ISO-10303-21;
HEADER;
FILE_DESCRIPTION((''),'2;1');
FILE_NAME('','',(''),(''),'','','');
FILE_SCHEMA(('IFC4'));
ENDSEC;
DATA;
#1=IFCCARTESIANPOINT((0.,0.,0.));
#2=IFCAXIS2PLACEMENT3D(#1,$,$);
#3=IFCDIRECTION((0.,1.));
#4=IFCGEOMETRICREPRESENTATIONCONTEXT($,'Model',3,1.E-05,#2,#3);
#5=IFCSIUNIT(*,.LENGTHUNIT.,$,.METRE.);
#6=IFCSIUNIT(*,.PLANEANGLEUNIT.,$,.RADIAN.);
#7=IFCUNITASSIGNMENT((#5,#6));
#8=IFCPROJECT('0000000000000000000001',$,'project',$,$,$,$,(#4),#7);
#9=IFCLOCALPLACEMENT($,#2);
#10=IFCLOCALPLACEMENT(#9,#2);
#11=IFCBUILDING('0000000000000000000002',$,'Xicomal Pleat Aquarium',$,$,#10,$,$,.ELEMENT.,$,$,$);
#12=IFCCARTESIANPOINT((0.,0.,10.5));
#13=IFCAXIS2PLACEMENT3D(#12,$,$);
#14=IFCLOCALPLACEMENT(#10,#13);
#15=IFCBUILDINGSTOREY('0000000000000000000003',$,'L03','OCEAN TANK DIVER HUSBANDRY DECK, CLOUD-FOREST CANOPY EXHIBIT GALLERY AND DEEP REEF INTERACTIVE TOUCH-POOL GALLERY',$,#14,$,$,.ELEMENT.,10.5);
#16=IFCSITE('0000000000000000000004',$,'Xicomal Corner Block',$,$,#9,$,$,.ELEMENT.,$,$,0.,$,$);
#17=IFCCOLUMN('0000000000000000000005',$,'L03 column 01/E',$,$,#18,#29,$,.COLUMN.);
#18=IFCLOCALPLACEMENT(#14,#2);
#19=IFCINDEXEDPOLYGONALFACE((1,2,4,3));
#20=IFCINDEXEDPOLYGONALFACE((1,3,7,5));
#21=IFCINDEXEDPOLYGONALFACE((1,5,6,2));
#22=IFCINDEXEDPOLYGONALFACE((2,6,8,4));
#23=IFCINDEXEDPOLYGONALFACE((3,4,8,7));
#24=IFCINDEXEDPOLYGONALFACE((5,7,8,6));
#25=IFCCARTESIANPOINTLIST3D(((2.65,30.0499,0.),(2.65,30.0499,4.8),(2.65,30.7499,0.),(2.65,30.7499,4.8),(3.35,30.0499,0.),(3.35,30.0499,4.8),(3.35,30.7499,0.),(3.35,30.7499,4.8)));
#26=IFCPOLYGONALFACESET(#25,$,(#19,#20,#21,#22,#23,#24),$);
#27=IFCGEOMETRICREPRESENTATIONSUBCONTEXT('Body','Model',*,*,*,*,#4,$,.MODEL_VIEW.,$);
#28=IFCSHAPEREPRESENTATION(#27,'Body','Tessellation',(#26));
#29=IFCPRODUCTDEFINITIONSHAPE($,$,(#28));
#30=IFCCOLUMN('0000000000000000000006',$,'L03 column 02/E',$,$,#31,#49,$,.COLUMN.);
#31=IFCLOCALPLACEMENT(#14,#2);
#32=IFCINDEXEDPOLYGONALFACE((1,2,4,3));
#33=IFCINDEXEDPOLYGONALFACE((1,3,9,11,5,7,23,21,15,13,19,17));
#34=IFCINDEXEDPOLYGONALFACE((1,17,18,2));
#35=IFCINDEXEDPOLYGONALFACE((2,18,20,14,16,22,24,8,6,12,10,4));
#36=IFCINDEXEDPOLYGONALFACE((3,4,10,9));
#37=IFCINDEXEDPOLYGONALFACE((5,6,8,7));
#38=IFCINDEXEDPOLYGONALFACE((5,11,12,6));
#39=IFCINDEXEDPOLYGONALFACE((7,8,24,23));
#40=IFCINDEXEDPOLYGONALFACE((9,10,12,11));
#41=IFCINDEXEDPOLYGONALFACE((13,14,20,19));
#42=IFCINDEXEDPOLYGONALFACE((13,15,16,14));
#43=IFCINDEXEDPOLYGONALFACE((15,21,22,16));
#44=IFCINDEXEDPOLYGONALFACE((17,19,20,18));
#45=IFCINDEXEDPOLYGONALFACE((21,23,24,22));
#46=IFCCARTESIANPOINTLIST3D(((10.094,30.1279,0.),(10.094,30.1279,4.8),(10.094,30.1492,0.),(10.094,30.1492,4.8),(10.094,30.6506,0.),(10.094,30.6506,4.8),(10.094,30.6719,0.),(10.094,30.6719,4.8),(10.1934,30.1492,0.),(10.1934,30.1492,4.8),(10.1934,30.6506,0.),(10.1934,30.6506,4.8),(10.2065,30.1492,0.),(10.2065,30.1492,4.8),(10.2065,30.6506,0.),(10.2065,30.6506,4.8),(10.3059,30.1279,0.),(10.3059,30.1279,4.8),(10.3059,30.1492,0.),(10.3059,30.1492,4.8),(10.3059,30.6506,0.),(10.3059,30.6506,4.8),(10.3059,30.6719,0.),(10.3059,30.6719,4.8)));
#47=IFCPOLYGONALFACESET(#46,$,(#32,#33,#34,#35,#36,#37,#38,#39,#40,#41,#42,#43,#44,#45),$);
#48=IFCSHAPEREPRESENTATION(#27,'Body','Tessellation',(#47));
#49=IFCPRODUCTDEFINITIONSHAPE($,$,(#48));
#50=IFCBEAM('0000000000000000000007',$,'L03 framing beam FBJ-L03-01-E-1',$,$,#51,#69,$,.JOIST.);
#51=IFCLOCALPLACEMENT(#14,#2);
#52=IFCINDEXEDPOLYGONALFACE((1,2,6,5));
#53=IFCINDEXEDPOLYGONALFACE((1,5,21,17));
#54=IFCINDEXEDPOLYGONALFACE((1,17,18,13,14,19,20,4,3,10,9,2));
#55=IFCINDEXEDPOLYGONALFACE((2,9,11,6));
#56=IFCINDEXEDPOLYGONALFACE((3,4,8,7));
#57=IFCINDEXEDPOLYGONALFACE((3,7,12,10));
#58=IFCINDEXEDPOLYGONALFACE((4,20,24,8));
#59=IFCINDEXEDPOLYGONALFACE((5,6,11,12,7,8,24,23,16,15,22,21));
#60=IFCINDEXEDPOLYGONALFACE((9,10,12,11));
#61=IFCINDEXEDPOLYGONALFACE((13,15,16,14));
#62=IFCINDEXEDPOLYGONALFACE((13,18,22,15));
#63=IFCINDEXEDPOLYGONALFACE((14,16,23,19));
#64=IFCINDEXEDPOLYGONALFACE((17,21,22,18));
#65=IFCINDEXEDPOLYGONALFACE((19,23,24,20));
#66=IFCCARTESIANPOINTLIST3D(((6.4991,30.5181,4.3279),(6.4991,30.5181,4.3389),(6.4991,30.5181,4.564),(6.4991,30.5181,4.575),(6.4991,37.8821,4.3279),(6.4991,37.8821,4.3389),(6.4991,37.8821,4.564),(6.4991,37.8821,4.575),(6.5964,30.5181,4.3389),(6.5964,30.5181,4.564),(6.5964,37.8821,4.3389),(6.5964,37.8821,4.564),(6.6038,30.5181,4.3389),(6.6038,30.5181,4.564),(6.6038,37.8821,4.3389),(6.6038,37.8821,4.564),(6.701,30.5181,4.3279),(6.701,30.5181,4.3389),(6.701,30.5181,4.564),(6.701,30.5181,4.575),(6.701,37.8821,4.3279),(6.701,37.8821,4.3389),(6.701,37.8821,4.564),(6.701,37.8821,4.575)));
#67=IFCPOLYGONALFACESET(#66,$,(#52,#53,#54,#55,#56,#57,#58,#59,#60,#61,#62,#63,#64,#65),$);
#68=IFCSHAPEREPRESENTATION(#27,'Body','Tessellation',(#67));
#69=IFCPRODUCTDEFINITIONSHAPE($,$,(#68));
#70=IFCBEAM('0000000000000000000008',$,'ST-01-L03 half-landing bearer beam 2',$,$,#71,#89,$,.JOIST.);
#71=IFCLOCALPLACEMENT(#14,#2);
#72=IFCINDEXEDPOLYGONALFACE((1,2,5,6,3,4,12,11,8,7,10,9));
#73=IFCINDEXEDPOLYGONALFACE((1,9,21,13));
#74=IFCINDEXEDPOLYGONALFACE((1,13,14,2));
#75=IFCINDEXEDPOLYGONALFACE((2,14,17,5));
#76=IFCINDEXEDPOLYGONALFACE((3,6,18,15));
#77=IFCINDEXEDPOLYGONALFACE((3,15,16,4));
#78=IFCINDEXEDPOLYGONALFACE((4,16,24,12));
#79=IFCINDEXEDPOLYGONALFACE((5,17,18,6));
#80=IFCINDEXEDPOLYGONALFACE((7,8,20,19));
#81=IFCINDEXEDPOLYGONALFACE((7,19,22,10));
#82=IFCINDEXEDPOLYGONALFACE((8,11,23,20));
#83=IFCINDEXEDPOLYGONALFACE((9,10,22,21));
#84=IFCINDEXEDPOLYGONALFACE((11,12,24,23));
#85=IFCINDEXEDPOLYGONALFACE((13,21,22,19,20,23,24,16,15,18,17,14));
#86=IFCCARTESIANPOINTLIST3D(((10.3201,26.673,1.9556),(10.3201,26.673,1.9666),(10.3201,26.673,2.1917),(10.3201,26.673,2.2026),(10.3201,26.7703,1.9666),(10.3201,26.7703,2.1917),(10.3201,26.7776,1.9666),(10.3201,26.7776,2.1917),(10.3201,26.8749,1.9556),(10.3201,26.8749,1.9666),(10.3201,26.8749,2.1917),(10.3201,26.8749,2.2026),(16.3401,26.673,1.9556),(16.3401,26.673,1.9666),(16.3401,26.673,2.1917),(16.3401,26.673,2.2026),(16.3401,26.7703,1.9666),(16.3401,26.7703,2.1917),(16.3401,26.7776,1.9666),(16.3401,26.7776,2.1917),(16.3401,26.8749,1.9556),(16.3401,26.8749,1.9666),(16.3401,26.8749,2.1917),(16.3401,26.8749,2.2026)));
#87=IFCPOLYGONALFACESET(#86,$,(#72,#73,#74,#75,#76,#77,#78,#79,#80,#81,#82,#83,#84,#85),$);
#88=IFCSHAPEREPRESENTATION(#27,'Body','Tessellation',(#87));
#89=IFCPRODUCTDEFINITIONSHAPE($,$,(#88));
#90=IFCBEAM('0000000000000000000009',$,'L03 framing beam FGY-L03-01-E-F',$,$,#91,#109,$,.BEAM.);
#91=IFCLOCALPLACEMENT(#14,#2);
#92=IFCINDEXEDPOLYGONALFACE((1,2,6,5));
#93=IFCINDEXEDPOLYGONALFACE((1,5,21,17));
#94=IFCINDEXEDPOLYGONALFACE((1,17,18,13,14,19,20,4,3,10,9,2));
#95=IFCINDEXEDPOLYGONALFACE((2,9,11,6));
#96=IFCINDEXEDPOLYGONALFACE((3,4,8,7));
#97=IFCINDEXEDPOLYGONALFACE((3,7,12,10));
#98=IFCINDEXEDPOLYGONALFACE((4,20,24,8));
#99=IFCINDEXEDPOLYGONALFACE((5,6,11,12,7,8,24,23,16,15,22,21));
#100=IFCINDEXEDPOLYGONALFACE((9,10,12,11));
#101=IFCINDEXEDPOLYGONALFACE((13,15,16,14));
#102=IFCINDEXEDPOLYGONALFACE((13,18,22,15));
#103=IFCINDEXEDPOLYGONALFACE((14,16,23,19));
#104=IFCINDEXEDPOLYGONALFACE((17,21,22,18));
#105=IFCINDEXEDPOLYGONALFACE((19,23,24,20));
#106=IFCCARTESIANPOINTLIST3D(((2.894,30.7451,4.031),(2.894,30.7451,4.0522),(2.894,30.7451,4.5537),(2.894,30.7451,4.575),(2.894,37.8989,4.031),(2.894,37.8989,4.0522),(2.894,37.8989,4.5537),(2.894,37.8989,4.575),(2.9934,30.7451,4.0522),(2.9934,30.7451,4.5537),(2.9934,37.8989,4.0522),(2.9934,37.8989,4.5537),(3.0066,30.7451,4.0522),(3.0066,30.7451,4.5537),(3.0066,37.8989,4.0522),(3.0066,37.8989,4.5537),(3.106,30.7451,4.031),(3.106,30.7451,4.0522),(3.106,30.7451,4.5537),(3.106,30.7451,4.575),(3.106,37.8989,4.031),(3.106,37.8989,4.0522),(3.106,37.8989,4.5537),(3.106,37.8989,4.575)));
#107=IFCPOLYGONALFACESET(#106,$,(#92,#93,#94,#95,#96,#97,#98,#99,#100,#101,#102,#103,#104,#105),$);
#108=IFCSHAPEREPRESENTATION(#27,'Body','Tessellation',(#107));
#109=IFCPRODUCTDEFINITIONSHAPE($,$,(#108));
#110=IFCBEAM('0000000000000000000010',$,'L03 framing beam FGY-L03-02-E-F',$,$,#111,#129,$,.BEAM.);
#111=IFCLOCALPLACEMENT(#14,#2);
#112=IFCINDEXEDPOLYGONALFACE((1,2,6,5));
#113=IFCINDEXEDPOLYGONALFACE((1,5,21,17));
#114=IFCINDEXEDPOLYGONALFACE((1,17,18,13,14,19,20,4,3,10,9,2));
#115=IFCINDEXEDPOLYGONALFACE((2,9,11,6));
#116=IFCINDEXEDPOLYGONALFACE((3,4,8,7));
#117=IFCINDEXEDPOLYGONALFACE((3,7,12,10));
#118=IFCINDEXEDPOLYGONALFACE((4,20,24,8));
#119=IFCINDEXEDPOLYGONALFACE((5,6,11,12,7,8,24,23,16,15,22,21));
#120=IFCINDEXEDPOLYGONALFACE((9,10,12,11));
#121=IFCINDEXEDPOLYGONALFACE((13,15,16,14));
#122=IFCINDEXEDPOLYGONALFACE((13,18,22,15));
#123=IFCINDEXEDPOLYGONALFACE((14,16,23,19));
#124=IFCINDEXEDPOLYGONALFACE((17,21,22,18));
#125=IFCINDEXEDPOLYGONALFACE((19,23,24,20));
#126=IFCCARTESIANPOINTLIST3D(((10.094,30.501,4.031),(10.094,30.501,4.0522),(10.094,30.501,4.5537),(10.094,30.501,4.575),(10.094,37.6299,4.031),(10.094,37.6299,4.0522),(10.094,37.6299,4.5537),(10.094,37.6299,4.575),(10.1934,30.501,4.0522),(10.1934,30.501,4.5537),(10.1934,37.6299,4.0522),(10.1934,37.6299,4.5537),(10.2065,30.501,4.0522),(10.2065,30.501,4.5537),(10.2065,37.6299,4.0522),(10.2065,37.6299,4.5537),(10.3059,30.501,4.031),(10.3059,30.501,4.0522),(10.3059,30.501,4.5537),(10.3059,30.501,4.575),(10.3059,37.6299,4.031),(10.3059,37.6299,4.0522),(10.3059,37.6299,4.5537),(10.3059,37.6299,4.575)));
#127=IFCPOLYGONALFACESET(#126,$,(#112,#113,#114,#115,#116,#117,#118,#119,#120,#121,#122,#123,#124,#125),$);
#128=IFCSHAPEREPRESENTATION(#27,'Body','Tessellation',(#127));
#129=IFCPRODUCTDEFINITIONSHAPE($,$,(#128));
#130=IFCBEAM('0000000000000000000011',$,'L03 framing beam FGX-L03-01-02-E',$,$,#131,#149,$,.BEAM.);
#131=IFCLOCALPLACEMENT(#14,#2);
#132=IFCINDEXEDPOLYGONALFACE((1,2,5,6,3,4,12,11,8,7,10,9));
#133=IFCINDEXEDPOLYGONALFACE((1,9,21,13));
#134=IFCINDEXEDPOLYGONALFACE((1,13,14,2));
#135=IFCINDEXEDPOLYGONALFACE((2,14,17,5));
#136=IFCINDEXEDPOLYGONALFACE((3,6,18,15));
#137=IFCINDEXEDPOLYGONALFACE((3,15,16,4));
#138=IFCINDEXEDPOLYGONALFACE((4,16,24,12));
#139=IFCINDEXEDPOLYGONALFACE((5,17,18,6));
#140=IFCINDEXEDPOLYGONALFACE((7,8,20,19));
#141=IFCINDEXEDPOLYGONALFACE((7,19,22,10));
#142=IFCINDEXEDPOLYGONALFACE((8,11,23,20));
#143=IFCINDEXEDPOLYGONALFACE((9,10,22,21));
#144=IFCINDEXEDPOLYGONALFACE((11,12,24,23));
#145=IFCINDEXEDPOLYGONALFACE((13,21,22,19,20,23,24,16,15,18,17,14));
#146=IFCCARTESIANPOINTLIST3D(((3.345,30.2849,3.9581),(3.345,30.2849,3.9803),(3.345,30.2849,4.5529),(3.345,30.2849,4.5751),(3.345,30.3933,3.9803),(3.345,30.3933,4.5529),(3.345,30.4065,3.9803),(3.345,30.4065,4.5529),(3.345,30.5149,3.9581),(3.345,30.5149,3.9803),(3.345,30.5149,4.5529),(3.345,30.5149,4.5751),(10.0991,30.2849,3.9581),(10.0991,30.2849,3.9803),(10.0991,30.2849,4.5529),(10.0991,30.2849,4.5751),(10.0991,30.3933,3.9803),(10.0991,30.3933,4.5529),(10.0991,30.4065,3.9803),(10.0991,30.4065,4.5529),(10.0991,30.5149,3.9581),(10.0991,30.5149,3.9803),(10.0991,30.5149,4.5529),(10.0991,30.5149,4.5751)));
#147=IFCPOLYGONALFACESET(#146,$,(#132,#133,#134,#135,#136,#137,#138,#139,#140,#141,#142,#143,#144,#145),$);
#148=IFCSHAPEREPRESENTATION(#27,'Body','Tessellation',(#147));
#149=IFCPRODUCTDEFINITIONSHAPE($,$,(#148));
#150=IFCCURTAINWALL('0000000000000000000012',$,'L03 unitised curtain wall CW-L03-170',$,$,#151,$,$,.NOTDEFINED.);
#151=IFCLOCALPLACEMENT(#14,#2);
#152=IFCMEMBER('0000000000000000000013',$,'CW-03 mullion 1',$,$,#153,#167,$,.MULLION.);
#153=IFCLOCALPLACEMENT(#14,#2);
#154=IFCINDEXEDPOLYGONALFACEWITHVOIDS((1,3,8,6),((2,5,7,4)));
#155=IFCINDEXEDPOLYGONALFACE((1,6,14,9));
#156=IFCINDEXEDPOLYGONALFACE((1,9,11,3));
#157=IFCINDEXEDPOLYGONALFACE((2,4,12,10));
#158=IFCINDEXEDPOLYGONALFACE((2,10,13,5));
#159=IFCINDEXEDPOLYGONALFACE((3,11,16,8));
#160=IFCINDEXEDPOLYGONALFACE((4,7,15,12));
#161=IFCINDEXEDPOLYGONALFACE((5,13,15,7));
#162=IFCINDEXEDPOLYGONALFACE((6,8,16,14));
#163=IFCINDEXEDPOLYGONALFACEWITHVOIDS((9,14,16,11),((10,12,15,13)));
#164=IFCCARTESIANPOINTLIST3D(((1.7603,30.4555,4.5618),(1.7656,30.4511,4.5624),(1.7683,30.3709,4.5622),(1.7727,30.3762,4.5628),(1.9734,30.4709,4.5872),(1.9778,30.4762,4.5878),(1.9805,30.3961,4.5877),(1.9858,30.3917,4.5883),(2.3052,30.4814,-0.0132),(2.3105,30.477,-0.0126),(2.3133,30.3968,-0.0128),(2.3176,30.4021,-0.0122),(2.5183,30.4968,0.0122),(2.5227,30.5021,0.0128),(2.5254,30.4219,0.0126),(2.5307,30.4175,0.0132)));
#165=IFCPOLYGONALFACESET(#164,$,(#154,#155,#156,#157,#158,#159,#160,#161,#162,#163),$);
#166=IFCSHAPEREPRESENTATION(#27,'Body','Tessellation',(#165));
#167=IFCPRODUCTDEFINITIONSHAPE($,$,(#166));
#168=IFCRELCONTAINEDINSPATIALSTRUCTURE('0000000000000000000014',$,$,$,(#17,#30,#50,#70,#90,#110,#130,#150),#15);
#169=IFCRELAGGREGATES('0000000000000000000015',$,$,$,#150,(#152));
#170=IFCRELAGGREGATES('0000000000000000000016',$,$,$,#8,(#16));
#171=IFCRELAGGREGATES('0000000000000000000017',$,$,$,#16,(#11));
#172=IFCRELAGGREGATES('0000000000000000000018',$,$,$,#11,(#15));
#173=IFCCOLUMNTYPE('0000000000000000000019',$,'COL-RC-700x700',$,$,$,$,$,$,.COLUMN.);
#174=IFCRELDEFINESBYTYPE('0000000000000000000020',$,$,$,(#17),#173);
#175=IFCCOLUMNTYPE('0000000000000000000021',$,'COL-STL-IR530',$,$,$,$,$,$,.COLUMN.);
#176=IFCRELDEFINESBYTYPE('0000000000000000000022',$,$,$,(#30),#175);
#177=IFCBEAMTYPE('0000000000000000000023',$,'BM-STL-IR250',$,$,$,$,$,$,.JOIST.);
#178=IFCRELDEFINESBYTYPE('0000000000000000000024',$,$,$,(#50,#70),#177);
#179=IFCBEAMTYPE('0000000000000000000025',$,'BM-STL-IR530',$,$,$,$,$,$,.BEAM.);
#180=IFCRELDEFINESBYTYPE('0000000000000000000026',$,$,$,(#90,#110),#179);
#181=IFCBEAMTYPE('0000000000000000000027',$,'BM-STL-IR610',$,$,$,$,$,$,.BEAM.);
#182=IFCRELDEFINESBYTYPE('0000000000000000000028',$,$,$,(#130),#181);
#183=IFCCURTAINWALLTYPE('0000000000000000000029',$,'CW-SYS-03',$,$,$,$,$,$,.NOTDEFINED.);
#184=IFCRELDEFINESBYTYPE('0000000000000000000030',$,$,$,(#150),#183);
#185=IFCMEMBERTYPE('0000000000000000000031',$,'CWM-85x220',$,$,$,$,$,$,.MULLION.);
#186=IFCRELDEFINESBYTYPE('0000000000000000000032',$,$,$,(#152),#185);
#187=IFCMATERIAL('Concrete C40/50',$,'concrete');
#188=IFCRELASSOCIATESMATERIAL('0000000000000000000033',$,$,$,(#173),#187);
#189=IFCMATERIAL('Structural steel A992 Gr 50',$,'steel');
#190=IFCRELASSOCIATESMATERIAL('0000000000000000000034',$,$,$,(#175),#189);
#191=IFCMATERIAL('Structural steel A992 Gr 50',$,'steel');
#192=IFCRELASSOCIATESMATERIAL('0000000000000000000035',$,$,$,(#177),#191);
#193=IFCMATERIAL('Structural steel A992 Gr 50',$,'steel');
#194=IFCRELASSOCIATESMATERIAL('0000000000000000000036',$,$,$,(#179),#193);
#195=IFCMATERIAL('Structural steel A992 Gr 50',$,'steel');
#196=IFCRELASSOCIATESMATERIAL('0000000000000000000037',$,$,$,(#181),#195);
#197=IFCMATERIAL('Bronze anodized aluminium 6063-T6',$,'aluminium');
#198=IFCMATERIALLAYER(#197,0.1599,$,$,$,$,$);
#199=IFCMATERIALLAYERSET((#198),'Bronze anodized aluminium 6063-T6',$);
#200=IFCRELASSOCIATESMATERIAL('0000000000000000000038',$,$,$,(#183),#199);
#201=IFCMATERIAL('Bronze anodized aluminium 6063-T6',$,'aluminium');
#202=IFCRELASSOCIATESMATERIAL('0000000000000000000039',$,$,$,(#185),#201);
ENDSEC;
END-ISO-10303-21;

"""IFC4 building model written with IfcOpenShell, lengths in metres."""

from ifc_helpers import new_model, si_unit, direction, frame, origin, origin_2d, place, context, subcontext, project, spatial, rectangle, hollow_rectangle, i_section, extrude, material, layer, layer_set, material_profile, profile_set, type_object, element, aggregate, save


model = new_model("IFC4")

# Units and contexts
model_context = context("Model", 3, precision=1e-05, world=origin(), true_north=direction((0.0, 1.0)))
body_context = subcontext(model_context, "Body", "Model", "MODEL_VIEW")
ifc_project = project(units=[si_unit("LENGTHUNIT", "METRE"), si_unit("PLANEANGLEUNIT", "RADIAN")], contexts=[model_context])

# Site, building, storey
site_placement = place(None, origin())
site = spatial("IfcSite", under=ifc_project, at=site_placement, Name="Xicomal Corner Block", CompositionType="ELEMENT", RefElevation=0.0)
building_placement = place(site_placement, origin())
building = spatial("IfcBuilding", under=site, at=building_placement, Name="Xicomal Pleat Aquarium", CompositionType="ELEMENT")
storey_placement = place(building_placement, frame((0.0, 0.0, 10.5)))
storey = spatial("IfcBuildingStorey", under=building, at=storey_placement, Name="L03", Description="OCEAN TANK DIVER HUSBANDRY DECK, CLOUD-FOREST CANOPY EXHIBIT GALLERY AND DEEP REEF INTERACTIVE TOUCH-POOL GALLERY", CompositionType="ELEMENT", Elevation=10.5)

# Columns
ifc_material_1 = material(Name="Concrete C40/50", Category="concrete")
ifc_material_profile_1 = material_profile(ifc_material_1, rectangle(XDim=0.7, YDim=0.7, at=origin_2d()), Name="RC 700x700")
ifc_profile_set_1 = profile_set([ifc_material_profile_1], Name="Concrete C40/50")
column_type_1 = type_object("IfcColumnType", Name="COL-RC-700x700", PredefinedType="COLUMN", material=ifc_profile_set_1)
column_1_placement = place(storey_placement, frame((3.0, 30.3999, 0.0), z_axis=(0.0, 0.0, 1.0), x_axis=(1.0, 0.0, 0.0)))
element("IfcColumn", 1, at=column_1_placement, inside=storey, type_object=column_type_1, Name="L03 column 01/E", PredefinedType="COLUMN", context=body_context, shape_type="SweptSolid", body=[
    extrude(rectangle(XDim=0.7, YDim=0.7, at=origin_2d()), origin(), (0.0, 0.0, 1.0), 4.8),
])
ifc_material_2 = material(Name="Structural steel A992 Gr 50", Category="steel")
ifc_material_profile_2 = material_profile(ifc_material_2, i_section(OverallWidth=0.2119, OverallDepth=0.5439, WebThickness=0.0132, FlangeThickness=0.0212, at=origin_2d()), Name="IR 530x123")
ifc_profile_set_2 = profile_set([ifc_material_profile_2], Name="Structural steel A992 Gr 50")
column_type_2 = type_object("IfcColumnType", Name="COL-STL-IR530", PredefinedType="COLUMN", material=ifc_profile_set_2)
column_2_placement = place(storey_placement, frame((10.2, 30.3999, 0.0), z_axis=(0.0, 0.0, 1.0), x_axis=(1.0, 0.0, 0.0)))
element("IfcColumn", 2, at=column_2_placement, inside=storey, type_object=column_type_2, Name="L03 column 02/E", PredefinedType="COLUMN", context=body_context, shape_type="SweptSolid", body=[
    extrude(i_section(OverallWidth=0.2119, OverallDepth=0.5439, WebThickness=0.0132, FlangeThickness=0.0212, at=origin_2d()), origin(), (0.0, 0.0, 1.0), 4.8),
])

# Beams
ifc_material_3 = material(Name="Structural steel A992 Gr 50", Category="steel")
ifc_material_profile_3 = material_profile(ifc_material_3, i_section(OverallWidth=0.2019, OverallDepth=0.2471, WebThickness=0.0073, FlangeThickness=0.011, at=origin_2d()), Name="IR 250x49")
ifc_profile_set_3 = profile_set([ifc_material_profile_3], Name="Structural steel A992 Gr 50")
beam_type_1 = type_object("IfcBeamType", Name="BM-STL-IR250", PredefinedType="JOIST", material=ifc_profile_set_3)
beam_1_placement = place(storey_placement, frame((6.6001, 30.5181, 4.4514), z_axis=(0.0, 1.0, 0.0), x_axis=(-1.0, 0.0, 0.0)))
element("IfcBeam", 3, at=beam_1_placement, inside=storey, type_object=beam_type_1, Name="L03 framing beam FBJ-L03-01-E-1", PredefinedType="JOIST", context=body_context, shape_type="SweptSolid", body=[
    extrude(i_section(OverallWidth=0.2019, OverallDepth=0.2471, WebThickness=0.0073, FlangeThickness=0.011, at=origin_2d()), origin(), (0.0, 0.0, 1.0), 7.364),
])
beam_2_placement = place(storey_placement, frame((10.3201, 26.7739, 2.0791), z_axis=(1.0, 0.0, 0.0), x_axis=(0.0, 1.0, 0.0)))
element("IfcBeam", 4, at=beam_2_placement, inside=storey, type_object=beam_type_1, Name="ST-01-L03 half-landing bearer beam 2", PredefinedType="JOIST", context=body_context, shape_type="SweptSolid", body=[
    extrude(i_section(OverallWidth=0.2019, OverallDepth=0.2471, WebThickness=0.0073, FlangeThickness=0.011, at=origin_2d()), origin(), (0.0, 0.0, 1.0), 6.02),
])
ifc_material_4 = material(Name="Structural steel A992 Gr 50", Category="steel")
ifc_material_profile_4 = material_profile(ifc_material_4, i_section(OverallWidth=0.2119, OverallDepth=0.5439, WebThickness=0.0132, FlangeThickness=0.0212, at=origin_2d()), Name="IR 530x123")
ifc_profile_set_4 = profile_set([ifc_material_profile_4], Name="Structural steel A992 Gr 50")
beam_type_2 = type_object("IfcBeamType", Name="BM-STL-IR530", PredefinedType="BEAM", material=ifc_profile_set_4)
beam_3_placement = place(storey_placement, frame((3.0, 30.7451, 4.303), z_axis=(0.0, 1.0, 0.0), x_axis=(-1.0, 0.0, 0.0)))
element("IfcBeam", 5, at=beam_3_placement, inside=storey, type_object=beam_type_2, Name="L03 framing beam FGY-L03-01-E-F", PredefinedType="BEAM", context=body_context, shape_type="SweptSolid", body=[
    extrude(i_section(OverallWidth=0.2119, OverallDepth=0.5439, WebThickness=0.0132, FlangeThickness=0.0212, at=origin_2d()), origin(), (0.0, 0.0, 1.0), 7.1538),
])
beam_4_placement = place(storey_placement, frame((10.2, 30.501, 4.303), z_axis=(0.0, 1.0, 0.0), x_axis=(-1.0, 0.0, 0.0)))
element("IfcBeam", 6, at=beam_4_placement, inside=storey, type_object=beam_type_2, Name="L03 framing beam FGY-L03-02-E-F", PredefinedType="BEAM", context=body_context, shape_type="SweptSolid", body=[
    extrude(i_section(OverallWidth=0.2119, OverallDepth=0.5439, WebThickness=0.0132, FlangeThickness=0.0212, at=origin_2d()), origin(), (0.0, 0.0, 1.0), 7.1289),
])
ifc_material_5 = material(Name="Structural steel A992 Gr 50", Category="steel")
ifc_material_profile_5 = material_profile(ifc_material_5, i_section(OverallWidth=0.23, OverallDepth=0.6169, WebThickness=0.0132, FlangeThickness=0.0222, at=origin_2d()), Name="IR 610x140")
ifc_profile_set_5 = profile_set([ifc_material_profile_5], Name="Structural steel A992 Gr 50")
beam_type_3 = type_object("IfcBeamType", Name="BM-STL-IR610", PredefinedType="BEAM", material=ifc_profile_set_5)
beam_5_placement = place(storey_placement, frame((3.345, 30.3999, 4.2666), z_axis=(1.0, 0.0, 0.0), x_axis=(0.0, 1.0, 0.0)))
element("IfcBeam", 7, at=beam_5_placement, inside=storey, type_object=beam_type_3, Name="L03 framing beam FGX-L03-01-02-E", PredefinedType="BEAM", context=body_context, shape_type="SweptSolid", body=[
    extrude(i_section(OverallWidth=0.23, OverallDepth=0.6169, WebThickness=0.0132, FlangeThickness=0.0222, at=origin_2d()), origin(), (0.0, 0.0, 1.0), 6.7542),
])

# Curtain wall, member
ifc_material_6 = material(Name="Bronze anodized aluminium 6063-T6", Category="aluminium")
ifc_layer_1 = layer(ifc_material_6, 0.1599)
ifc_layer_set_1 = layer_set([ifc_layer_1], Name="Bronze anodized aluminium 6063-T6")
curtain_wall_type = type_object("IfcCurtainWallType", Name="CW-SYS-03", PredefinedType="NOTDEFINED", material=ifc_layer_set_1)
curtain_wall_placement = place(storey_placement, origin())
curtain_wall = element("IfcCurtainWall", 8, at=curtain_wall_placement, inside=storey, type_object=curtain_wall_type, Name="L03 unitised curtain wall CW-L03-170", PredefinedType="NOTDEFINED")
ifc_material_7 = material(Name="Bronze anodized aluminium 6063-T6", Category="aluminium")
ifc_material_profile_6 = material_profile(ifc_material_7, hollow_rectangle(XDim=0.085, YDim=0.22, WallThickness=0.0049, at=origin_2d()), Name="ALU MULL 85x220")
ifc_profile_set_6 = profile_set([ifc_material_profile_6], Name="Bronze anodized aluminium 6063-T6")
member_type_1 = type_object("IfcMemberType", Name="CWM-85x220", PredefinedType="MULLION", material=ifc_profile_set_6)
member_1_placement = place(storey_placement, frame((2.418, 30.4495, 0.0), z_axis=(-0.118272, -0.005617, 0.992965), x_axis=(-0.094314, 0.995527, -0.005602)))
member_1 = element("IfcMember", 9, at=member_1_placement, type_object=member_type_1, Name="CW-03 mullion 1", PredefinedType="MULLION", context=body_context, shape_type="SweptSolid", body=[
    extrude(hollow_rectangle(XDim=0.085, YDim=0.22, WallThickness=0.0049, at=origin_2d()), origin(), (0.0, 0.0, 1.0), 4.6074),
])

aggregate(curtain_wall, [member_1])

save(model, "model.ifc")
